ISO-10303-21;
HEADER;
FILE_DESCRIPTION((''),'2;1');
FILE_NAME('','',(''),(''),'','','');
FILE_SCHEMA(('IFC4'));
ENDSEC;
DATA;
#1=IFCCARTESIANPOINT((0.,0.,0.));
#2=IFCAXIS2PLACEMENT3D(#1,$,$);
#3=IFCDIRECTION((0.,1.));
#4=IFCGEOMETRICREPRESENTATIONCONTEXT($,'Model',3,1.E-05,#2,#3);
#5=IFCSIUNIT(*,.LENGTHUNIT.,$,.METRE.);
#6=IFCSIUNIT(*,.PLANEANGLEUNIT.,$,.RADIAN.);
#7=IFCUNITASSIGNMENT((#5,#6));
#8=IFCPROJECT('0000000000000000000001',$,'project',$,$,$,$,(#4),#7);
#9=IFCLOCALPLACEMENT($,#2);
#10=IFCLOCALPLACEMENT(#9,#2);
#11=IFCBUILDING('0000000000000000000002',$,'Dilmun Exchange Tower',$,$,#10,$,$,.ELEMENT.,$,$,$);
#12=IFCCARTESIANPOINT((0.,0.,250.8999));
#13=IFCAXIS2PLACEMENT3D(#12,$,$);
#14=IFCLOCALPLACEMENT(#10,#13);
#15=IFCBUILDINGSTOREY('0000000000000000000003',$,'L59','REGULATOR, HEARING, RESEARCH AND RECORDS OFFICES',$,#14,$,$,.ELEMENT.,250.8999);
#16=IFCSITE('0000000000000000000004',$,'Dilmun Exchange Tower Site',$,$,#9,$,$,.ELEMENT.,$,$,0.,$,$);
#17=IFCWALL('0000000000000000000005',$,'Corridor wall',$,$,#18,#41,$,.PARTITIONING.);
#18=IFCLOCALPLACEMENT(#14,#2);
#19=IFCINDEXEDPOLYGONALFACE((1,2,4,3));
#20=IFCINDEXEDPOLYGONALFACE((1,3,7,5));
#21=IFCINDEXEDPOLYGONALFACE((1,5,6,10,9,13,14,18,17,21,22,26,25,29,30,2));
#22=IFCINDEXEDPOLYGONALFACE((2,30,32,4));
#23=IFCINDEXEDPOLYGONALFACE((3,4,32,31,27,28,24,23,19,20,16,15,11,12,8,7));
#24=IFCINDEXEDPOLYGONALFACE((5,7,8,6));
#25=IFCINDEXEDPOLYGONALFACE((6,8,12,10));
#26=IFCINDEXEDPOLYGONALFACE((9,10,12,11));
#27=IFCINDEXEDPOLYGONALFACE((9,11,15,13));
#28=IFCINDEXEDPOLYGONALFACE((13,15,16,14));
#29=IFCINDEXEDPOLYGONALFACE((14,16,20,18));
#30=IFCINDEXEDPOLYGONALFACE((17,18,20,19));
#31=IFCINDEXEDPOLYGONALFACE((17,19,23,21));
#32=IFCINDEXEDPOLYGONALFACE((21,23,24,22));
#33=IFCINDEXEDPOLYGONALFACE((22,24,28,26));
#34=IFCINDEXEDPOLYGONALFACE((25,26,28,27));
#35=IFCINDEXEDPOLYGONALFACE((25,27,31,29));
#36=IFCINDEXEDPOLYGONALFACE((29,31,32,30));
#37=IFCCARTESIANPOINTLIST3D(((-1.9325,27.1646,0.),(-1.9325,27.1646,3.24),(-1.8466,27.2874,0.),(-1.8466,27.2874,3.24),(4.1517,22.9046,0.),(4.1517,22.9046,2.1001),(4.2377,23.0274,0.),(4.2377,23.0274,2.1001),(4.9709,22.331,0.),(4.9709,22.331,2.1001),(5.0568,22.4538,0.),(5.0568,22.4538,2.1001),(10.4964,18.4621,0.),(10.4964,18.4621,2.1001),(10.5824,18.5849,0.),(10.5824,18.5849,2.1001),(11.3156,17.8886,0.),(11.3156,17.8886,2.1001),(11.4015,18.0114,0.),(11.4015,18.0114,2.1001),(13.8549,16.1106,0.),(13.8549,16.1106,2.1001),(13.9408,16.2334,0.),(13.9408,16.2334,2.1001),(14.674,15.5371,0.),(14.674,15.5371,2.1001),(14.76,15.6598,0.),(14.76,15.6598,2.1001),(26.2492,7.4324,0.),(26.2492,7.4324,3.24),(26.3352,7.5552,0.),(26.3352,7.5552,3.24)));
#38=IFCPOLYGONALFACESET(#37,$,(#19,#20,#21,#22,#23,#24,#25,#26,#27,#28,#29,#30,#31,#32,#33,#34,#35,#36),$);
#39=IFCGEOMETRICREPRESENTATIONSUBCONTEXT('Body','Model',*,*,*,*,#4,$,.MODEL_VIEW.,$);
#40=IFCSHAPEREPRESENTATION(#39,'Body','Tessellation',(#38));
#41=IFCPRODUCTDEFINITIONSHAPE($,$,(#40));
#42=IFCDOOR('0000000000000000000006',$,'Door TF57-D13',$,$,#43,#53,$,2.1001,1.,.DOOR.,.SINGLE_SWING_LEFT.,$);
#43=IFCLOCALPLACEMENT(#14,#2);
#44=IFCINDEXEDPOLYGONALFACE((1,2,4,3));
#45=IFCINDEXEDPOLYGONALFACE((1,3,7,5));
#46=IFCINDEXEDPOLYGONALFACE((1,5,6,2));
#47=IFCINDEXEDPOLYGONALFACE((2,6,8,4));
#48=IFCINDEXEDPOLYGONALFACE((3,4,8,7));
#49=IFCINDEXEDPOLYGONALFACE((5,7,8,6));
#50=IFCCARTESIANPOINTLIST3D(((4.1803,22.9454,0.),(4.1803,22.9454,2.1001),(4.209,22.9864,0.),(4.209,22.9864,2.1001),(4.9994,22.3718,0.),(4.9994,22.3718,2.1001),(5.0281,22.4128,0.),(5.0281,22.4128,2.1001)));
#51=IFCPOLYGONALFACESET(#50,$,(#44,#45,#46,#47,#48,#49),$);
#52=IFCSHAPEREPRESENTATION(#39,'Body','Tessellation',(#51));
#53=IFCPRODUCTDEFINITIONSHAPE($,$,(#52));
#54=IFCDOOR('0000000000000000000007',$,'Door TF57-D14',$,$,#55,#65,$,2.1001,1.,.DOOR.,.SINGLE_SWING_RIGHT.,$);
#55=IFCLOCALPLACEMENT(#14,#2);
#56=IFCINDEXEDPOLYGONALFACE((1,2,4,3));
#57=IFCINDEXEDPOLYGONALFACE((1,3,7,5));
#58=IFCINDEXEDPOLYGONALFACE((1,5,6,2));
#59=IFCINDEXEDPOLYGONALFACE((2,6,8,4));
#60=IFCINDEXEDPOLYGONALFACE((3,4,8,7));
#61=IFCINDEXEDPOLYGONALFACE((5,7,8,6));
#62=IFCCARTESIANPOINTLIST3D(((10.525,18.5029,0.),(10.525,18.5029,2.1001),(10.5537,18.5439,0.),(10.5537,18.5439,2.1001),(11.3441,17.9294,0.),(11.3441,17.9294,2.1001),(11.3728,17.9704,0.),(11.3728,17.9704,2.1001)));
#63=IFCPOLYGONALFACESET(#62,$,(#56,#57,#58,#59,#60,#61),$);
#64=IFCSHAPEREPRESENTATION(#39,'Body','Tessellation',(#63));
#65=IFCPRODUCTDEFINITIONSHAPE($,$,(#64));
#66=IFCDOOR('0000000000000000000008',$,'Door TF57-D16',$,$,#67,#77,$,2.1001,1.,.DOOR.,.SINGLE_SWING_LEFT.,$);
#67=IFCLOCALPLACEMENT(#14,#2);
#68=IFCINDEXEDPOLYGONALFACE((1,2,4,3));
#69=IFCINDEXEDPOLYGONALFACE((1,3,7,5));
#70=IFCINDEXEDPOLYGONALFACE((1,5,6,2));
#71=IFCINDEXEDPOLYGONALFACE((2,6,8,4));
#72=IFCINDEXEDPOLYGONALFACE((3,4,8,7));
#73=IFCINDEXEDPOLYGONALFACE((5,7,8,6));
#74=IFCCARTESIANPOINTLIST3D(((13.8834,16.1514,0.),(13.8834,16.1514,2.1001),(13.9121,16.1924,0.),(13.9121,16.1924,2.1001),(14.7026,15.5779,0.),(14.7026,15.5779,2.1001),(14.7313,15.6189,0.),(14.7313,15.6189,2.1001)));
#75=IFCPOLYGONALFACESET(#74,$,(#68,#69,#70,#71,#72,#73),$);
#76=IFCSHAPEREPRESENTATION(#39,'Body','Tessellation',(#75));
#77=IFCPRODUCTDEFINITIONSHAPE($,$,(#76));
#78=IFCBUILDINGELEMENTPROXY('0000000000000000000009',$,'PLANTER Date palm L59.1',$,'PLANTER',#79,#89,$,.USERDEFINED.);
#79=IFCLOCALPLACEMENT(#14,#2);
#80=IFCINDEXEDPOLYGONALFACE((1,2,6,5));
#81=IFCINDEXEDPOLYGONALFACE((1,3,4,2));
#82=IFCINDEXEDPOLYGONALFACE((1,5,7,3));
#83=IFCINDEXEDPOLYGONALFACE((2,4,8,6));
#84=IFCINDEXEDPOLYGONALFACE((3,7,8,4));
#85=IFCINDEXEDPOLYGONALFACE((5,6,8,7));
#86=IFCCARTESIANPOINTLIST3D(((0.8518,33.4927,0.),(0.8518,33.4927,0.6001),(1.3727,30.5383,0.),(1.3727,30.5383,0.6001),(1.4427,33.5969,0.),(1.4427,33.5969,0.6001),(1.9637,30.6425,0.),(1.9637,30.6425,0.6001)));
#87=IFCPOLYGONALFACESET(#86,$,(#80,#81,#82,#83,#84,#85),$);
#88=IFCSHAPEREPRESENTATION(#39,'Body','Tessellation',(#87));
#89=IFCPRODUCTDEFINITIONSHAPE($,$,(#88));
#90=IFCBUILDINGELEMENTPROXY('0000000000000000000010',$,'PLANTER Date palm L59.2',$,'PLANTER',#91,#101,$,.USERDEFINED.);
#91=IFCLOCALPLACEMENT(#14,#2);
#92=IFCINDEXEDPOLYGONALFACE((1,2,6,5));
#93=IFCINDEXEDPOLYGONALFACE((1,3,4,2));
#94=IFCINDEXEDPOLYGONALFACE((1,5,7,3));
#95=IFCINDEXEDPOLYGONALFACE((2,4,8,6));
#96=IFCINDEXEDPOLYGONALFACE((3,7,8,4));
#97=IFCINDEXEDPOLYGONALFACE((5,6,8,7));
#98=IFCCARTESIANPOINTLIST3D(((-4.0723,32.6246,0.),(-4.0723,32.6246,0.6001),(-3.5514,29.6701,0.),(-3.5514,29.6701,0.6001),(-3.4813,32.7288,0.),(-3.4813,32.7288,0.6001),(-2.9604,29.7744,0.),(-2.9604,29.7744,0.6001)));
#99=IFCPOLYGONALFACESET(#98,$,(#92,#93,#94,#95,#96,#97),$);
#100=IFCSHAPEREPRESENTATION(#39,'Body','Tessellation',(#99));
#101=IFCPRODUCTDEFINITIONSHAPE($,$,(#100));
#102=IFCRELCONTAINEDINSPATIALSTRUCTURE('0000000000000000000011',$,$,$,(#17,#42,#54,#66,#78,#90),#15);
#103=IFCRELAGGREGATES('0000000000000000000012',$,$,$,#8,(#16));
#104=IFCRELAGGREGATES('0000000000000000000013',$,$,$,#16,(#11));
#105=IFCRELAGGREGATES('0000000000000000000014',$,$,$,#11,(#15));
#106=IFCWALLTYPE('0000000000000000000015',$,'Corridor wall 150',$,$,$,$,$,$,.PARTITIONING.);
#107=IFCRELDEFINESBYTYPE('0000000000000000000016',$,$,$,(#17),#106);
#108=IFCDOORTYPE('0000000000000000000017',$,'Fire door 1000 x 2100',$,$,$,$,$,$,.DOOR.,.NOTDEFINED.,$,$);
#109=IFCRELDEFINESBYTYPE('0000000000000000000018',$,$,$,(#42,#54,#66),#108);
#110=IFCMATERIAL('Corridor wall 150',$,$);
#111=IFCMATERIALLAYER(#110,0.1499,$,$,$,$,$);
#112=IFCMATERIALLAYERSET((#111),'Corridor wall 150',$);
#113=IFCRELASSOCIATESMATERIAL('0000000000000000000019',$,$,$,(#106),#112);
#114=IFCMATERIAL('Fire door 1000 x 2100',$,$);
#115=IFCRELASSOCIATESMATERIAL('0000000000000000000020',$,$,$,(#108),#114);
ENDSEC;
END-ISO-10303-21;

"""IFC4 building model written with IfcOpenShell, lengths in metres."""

from ifc_helpers import new_model, si_unit, direction, frame, frame_2d, origin, origin_2d, place, context, subcontext, project, spatial, rectangle, extrude, material, layer, layer_set, type_object, element, fill, save


model = new_model("IFC4")

# Units and contexts
model_context = context("Model", 3, precision=1e-05, world=origin(), true_north=direction((0.0, 1.0)))
body_context = subcontext(model_context, "Body", "Model", "MODEL_VIEW")
ifc_project = project(units=[si_unit("LENGTHUNIT", "METRE"), si_unit("PLANEANGLEUNIT", "RADIAN")], contexts=[model_context])

# Site, building, storey
site_placement = place(None, origin())
site = spatial("IfcSite", under=ifc_project, at=site_placement, Name="Dilmun Exchange Tower Site", CompositionType="ELEMENT", RefElevation=0.0)
building_placement = place(site_placement, origin())
building = spatial("IfcBuilding", under=site, at=building_placement, Name="Dilmun Exchange Tower", CompositionType="ELEMENT")
storey_placement = place(building_placement, frame((0.0, 0.0, 250.8999)))
storey = spatial("IfcBuildingStorey", under=building, at=storey_placement, Name="L59", Description="REGULATOR, HEARING, RESEARCH AND RECORDS OFFICES", CompositionType="ELEMENT", Elevation=250.8999)

# Shared definitions
ifc_material_1 = material(Name="Corridor wall 150")
ifc_layer_1 = layer(ifc_material_1, 0.1499)
ifc_layer_set_1 = layer_set([ifc_layer_1], Name="Corridor wall 150")
wall_type_1 = type_object("IfcWallType", Name="Corridor wall 150", PredefinedType="PARTITIONING", material=ifc_layer_set_1)

# Wall, openings, doors
wall_1_placement = place(storey_placement, frame((-1.8896, 27.2261, 0.0), z_axis=(0.0, 0.0, 1.0), x_axis=(0.819163, -0.57356, 0.0)))
wall_1 = element("IfcWall", 1, at=wall_1_placement, inside=storey, type_object=wall_type_1, Name="Corridor wall", PredefinedType="PARTITIONING", context=body_context, shape_type="SweptSolid", body=[
    extrude(rectangle(XDim=34.4031, YDim=0.1499, at=frame_2d((17.2017, 0.0))), origin(), (0.0, 0.0, 1.0), 3.24),
])
opening_1_placement = place(wall_1_placement, frame((7.4275, 0.0, 0.0)))
opening_1 = element("IfcOpeningElement", 2, at=opening_1_placement, cuts=wall_1, PredefinedType="OPENING", context=body_context, shape_type="SweptSolid", body=[
    extrude(rectangle(XDim=1.0, YDim=2.1001, at=frame_2d((0.5, 1.05))), frame((0.0, 0.085, 0.0), z_axis=(0.0, -1.0, 0.0), x_axis=(1.0, 0.0, 0.0)), (0.0, 0.0, 1.0), 0.1699),
])
opening_2_placement = place(wall_1_placement, frame((15.1729, 0.0, 0.0)))
opening_2 = element("IfcOpeningElement", 3, at=opening_2_placement, cuts=wall_1, PredefinedType="OPENING", context=body_context, shape_type="SweptSolid", body=[
    extrude(rectangle(XDim=1.0, YDim=2.1001, at=frame_2d((0.5, 1.05))), frame((0.0, 0.085, 0.0), z_axis=(0.0, -1.0, 0.0), x_axis=(1.0, 0.0, 0.0)), (0.0, 0.0, 1.0), 0.1699),
])
opening_3_placement = place(wall_1_placement, frame((19.2727, 0.0, 0.0)))
opening_3 = element("IfcOpeningElement", 4, at=opening_3_placement, cuts=wall_1, PredefinedType="OPENING", context=body_context, shape_type="SweptSolid", body=[
    extrude(rectangle(XDim=1.0, YDim=2.1001, at=frame_2d((0.5, 1.05))), frame((0.0, 0.085, 0.0), z_axis=(0.0, -1.0, 0.0), x_axis=(1.0, 0.0, 0.0)), (0.0, 0.0, 1.0), 0.1699),
])
ifc_material_2 = material(Name="Fire door 1000 x 2100")
door_type_1 = type_object("IfcDoorType", Name="Fire door 1000 x 2100", OperationType="NOTDEFINED", PredefinedType="DOOR", material=ifc_material_2)
door_1_placement = place(opening_1_placement, origin())
door_1 = element("IfcDoor", 5, at=door_1_placement, inside=storey, type_object=door_type_1, Name="Door TF57-D13", OperationType="SINGLE_SWING_LEFT", OverallHeight=2.1001, OverallWidth=1.0, PredefinedType="DOOR", context=body_context, shape_type="SweptSolid", body=[
    extrude(rectangle(XDim=1.0, YDim=2.1001, at=frame_2d((0.5, 1.05))), frame((0.0, 0.0249, 0.0), z_axis=(0.0, -1.0, 0.0), x_axis=(1.0, 0.0, 0.0)), (0.0, 0.0, 1.0), 0.05),
])
fill(opening_1, door_1)
door_2_placement = place(opening_2_placement, origin())
door_2 = element("IfcDoor", 6, at=door_2_placement, inside=storey, type_object=door_type_1, Name="Door TF57-D14", OperationType="SINGLE_SWING_RIGHT", OverallHeight=2.1001, OverallWidth=1.0, PredefinedType="DOOR", context=body_context, shape_type="SweptSolid", body=[
    extrude(rectangle(XDim=1.0, YDim=2.1001, at=frame_2d((0.5, 1.05))), frame((0.0, 0.0249, 0.0), z_axis=(0.0, -1.0, 0.0), x_axis=(1.0, 0.0, 0.0)), (0.0, 0.0, 1.0), 0.05),
])
fill(opening_2, door_2)
door_3_placement = place(opening_3_placement, origin())
door_3 = element("IfcDoor", 7, at=door_3_placement, inside=storey, type_object=door_type_1, Name="Door TF57-D16", OperationType="SINGLE_SWING_LEFT", OverallHeight=2.1001, OverallWidth=1.0, PredefinedType="DOOR", context=body_context, shape_type="SweptSolid", body=[
    extrude(rectangle(XDim=1.0, YDim=2.1001, at=frame_2d((0.5, 1.05))), frame((0.0, 0.0249, 0.0), z_axis=(0.0, -1.0, 0.0), x_axis=(1.0, 0.0, 0.0)), (0.0, 0.0, 1.0), 0.05),
])
fill(opening_3, door_3)

# Building element proxies
for number, where, z_axis, x_axis, name in (
    (8, (1.4077, 32.0676, 0.0), (0.0, 0.0, 1.0), (-0.173648, 0.984808, 0.0), "PLANTER Date palm L59.1"),
    (9, (-3.5164, 31.1995, 0.0), (0.0, 0.0, 1.0), (-0.173648, 0.984808, 0.0), "PLANTER Date palm L59.2"),
):
    element("IfcBuildingElementProxy", number, at=place(storey_placement, frame(where, z_axis=z_axis, x_axis=x_axis)), inside=storey, Name=name, ObjectType="PLANTER", PredefinedType="USERDEFINED", context=body_context, shape_type="SweptSolid", body=[
        extrude(rectangle(XDim=3.0, YDim=0.6001, at=origin_2d()), origin(), (0.0, 0.0, 1.0), 0.6001),
    ])

save(model, "model.ifc")
